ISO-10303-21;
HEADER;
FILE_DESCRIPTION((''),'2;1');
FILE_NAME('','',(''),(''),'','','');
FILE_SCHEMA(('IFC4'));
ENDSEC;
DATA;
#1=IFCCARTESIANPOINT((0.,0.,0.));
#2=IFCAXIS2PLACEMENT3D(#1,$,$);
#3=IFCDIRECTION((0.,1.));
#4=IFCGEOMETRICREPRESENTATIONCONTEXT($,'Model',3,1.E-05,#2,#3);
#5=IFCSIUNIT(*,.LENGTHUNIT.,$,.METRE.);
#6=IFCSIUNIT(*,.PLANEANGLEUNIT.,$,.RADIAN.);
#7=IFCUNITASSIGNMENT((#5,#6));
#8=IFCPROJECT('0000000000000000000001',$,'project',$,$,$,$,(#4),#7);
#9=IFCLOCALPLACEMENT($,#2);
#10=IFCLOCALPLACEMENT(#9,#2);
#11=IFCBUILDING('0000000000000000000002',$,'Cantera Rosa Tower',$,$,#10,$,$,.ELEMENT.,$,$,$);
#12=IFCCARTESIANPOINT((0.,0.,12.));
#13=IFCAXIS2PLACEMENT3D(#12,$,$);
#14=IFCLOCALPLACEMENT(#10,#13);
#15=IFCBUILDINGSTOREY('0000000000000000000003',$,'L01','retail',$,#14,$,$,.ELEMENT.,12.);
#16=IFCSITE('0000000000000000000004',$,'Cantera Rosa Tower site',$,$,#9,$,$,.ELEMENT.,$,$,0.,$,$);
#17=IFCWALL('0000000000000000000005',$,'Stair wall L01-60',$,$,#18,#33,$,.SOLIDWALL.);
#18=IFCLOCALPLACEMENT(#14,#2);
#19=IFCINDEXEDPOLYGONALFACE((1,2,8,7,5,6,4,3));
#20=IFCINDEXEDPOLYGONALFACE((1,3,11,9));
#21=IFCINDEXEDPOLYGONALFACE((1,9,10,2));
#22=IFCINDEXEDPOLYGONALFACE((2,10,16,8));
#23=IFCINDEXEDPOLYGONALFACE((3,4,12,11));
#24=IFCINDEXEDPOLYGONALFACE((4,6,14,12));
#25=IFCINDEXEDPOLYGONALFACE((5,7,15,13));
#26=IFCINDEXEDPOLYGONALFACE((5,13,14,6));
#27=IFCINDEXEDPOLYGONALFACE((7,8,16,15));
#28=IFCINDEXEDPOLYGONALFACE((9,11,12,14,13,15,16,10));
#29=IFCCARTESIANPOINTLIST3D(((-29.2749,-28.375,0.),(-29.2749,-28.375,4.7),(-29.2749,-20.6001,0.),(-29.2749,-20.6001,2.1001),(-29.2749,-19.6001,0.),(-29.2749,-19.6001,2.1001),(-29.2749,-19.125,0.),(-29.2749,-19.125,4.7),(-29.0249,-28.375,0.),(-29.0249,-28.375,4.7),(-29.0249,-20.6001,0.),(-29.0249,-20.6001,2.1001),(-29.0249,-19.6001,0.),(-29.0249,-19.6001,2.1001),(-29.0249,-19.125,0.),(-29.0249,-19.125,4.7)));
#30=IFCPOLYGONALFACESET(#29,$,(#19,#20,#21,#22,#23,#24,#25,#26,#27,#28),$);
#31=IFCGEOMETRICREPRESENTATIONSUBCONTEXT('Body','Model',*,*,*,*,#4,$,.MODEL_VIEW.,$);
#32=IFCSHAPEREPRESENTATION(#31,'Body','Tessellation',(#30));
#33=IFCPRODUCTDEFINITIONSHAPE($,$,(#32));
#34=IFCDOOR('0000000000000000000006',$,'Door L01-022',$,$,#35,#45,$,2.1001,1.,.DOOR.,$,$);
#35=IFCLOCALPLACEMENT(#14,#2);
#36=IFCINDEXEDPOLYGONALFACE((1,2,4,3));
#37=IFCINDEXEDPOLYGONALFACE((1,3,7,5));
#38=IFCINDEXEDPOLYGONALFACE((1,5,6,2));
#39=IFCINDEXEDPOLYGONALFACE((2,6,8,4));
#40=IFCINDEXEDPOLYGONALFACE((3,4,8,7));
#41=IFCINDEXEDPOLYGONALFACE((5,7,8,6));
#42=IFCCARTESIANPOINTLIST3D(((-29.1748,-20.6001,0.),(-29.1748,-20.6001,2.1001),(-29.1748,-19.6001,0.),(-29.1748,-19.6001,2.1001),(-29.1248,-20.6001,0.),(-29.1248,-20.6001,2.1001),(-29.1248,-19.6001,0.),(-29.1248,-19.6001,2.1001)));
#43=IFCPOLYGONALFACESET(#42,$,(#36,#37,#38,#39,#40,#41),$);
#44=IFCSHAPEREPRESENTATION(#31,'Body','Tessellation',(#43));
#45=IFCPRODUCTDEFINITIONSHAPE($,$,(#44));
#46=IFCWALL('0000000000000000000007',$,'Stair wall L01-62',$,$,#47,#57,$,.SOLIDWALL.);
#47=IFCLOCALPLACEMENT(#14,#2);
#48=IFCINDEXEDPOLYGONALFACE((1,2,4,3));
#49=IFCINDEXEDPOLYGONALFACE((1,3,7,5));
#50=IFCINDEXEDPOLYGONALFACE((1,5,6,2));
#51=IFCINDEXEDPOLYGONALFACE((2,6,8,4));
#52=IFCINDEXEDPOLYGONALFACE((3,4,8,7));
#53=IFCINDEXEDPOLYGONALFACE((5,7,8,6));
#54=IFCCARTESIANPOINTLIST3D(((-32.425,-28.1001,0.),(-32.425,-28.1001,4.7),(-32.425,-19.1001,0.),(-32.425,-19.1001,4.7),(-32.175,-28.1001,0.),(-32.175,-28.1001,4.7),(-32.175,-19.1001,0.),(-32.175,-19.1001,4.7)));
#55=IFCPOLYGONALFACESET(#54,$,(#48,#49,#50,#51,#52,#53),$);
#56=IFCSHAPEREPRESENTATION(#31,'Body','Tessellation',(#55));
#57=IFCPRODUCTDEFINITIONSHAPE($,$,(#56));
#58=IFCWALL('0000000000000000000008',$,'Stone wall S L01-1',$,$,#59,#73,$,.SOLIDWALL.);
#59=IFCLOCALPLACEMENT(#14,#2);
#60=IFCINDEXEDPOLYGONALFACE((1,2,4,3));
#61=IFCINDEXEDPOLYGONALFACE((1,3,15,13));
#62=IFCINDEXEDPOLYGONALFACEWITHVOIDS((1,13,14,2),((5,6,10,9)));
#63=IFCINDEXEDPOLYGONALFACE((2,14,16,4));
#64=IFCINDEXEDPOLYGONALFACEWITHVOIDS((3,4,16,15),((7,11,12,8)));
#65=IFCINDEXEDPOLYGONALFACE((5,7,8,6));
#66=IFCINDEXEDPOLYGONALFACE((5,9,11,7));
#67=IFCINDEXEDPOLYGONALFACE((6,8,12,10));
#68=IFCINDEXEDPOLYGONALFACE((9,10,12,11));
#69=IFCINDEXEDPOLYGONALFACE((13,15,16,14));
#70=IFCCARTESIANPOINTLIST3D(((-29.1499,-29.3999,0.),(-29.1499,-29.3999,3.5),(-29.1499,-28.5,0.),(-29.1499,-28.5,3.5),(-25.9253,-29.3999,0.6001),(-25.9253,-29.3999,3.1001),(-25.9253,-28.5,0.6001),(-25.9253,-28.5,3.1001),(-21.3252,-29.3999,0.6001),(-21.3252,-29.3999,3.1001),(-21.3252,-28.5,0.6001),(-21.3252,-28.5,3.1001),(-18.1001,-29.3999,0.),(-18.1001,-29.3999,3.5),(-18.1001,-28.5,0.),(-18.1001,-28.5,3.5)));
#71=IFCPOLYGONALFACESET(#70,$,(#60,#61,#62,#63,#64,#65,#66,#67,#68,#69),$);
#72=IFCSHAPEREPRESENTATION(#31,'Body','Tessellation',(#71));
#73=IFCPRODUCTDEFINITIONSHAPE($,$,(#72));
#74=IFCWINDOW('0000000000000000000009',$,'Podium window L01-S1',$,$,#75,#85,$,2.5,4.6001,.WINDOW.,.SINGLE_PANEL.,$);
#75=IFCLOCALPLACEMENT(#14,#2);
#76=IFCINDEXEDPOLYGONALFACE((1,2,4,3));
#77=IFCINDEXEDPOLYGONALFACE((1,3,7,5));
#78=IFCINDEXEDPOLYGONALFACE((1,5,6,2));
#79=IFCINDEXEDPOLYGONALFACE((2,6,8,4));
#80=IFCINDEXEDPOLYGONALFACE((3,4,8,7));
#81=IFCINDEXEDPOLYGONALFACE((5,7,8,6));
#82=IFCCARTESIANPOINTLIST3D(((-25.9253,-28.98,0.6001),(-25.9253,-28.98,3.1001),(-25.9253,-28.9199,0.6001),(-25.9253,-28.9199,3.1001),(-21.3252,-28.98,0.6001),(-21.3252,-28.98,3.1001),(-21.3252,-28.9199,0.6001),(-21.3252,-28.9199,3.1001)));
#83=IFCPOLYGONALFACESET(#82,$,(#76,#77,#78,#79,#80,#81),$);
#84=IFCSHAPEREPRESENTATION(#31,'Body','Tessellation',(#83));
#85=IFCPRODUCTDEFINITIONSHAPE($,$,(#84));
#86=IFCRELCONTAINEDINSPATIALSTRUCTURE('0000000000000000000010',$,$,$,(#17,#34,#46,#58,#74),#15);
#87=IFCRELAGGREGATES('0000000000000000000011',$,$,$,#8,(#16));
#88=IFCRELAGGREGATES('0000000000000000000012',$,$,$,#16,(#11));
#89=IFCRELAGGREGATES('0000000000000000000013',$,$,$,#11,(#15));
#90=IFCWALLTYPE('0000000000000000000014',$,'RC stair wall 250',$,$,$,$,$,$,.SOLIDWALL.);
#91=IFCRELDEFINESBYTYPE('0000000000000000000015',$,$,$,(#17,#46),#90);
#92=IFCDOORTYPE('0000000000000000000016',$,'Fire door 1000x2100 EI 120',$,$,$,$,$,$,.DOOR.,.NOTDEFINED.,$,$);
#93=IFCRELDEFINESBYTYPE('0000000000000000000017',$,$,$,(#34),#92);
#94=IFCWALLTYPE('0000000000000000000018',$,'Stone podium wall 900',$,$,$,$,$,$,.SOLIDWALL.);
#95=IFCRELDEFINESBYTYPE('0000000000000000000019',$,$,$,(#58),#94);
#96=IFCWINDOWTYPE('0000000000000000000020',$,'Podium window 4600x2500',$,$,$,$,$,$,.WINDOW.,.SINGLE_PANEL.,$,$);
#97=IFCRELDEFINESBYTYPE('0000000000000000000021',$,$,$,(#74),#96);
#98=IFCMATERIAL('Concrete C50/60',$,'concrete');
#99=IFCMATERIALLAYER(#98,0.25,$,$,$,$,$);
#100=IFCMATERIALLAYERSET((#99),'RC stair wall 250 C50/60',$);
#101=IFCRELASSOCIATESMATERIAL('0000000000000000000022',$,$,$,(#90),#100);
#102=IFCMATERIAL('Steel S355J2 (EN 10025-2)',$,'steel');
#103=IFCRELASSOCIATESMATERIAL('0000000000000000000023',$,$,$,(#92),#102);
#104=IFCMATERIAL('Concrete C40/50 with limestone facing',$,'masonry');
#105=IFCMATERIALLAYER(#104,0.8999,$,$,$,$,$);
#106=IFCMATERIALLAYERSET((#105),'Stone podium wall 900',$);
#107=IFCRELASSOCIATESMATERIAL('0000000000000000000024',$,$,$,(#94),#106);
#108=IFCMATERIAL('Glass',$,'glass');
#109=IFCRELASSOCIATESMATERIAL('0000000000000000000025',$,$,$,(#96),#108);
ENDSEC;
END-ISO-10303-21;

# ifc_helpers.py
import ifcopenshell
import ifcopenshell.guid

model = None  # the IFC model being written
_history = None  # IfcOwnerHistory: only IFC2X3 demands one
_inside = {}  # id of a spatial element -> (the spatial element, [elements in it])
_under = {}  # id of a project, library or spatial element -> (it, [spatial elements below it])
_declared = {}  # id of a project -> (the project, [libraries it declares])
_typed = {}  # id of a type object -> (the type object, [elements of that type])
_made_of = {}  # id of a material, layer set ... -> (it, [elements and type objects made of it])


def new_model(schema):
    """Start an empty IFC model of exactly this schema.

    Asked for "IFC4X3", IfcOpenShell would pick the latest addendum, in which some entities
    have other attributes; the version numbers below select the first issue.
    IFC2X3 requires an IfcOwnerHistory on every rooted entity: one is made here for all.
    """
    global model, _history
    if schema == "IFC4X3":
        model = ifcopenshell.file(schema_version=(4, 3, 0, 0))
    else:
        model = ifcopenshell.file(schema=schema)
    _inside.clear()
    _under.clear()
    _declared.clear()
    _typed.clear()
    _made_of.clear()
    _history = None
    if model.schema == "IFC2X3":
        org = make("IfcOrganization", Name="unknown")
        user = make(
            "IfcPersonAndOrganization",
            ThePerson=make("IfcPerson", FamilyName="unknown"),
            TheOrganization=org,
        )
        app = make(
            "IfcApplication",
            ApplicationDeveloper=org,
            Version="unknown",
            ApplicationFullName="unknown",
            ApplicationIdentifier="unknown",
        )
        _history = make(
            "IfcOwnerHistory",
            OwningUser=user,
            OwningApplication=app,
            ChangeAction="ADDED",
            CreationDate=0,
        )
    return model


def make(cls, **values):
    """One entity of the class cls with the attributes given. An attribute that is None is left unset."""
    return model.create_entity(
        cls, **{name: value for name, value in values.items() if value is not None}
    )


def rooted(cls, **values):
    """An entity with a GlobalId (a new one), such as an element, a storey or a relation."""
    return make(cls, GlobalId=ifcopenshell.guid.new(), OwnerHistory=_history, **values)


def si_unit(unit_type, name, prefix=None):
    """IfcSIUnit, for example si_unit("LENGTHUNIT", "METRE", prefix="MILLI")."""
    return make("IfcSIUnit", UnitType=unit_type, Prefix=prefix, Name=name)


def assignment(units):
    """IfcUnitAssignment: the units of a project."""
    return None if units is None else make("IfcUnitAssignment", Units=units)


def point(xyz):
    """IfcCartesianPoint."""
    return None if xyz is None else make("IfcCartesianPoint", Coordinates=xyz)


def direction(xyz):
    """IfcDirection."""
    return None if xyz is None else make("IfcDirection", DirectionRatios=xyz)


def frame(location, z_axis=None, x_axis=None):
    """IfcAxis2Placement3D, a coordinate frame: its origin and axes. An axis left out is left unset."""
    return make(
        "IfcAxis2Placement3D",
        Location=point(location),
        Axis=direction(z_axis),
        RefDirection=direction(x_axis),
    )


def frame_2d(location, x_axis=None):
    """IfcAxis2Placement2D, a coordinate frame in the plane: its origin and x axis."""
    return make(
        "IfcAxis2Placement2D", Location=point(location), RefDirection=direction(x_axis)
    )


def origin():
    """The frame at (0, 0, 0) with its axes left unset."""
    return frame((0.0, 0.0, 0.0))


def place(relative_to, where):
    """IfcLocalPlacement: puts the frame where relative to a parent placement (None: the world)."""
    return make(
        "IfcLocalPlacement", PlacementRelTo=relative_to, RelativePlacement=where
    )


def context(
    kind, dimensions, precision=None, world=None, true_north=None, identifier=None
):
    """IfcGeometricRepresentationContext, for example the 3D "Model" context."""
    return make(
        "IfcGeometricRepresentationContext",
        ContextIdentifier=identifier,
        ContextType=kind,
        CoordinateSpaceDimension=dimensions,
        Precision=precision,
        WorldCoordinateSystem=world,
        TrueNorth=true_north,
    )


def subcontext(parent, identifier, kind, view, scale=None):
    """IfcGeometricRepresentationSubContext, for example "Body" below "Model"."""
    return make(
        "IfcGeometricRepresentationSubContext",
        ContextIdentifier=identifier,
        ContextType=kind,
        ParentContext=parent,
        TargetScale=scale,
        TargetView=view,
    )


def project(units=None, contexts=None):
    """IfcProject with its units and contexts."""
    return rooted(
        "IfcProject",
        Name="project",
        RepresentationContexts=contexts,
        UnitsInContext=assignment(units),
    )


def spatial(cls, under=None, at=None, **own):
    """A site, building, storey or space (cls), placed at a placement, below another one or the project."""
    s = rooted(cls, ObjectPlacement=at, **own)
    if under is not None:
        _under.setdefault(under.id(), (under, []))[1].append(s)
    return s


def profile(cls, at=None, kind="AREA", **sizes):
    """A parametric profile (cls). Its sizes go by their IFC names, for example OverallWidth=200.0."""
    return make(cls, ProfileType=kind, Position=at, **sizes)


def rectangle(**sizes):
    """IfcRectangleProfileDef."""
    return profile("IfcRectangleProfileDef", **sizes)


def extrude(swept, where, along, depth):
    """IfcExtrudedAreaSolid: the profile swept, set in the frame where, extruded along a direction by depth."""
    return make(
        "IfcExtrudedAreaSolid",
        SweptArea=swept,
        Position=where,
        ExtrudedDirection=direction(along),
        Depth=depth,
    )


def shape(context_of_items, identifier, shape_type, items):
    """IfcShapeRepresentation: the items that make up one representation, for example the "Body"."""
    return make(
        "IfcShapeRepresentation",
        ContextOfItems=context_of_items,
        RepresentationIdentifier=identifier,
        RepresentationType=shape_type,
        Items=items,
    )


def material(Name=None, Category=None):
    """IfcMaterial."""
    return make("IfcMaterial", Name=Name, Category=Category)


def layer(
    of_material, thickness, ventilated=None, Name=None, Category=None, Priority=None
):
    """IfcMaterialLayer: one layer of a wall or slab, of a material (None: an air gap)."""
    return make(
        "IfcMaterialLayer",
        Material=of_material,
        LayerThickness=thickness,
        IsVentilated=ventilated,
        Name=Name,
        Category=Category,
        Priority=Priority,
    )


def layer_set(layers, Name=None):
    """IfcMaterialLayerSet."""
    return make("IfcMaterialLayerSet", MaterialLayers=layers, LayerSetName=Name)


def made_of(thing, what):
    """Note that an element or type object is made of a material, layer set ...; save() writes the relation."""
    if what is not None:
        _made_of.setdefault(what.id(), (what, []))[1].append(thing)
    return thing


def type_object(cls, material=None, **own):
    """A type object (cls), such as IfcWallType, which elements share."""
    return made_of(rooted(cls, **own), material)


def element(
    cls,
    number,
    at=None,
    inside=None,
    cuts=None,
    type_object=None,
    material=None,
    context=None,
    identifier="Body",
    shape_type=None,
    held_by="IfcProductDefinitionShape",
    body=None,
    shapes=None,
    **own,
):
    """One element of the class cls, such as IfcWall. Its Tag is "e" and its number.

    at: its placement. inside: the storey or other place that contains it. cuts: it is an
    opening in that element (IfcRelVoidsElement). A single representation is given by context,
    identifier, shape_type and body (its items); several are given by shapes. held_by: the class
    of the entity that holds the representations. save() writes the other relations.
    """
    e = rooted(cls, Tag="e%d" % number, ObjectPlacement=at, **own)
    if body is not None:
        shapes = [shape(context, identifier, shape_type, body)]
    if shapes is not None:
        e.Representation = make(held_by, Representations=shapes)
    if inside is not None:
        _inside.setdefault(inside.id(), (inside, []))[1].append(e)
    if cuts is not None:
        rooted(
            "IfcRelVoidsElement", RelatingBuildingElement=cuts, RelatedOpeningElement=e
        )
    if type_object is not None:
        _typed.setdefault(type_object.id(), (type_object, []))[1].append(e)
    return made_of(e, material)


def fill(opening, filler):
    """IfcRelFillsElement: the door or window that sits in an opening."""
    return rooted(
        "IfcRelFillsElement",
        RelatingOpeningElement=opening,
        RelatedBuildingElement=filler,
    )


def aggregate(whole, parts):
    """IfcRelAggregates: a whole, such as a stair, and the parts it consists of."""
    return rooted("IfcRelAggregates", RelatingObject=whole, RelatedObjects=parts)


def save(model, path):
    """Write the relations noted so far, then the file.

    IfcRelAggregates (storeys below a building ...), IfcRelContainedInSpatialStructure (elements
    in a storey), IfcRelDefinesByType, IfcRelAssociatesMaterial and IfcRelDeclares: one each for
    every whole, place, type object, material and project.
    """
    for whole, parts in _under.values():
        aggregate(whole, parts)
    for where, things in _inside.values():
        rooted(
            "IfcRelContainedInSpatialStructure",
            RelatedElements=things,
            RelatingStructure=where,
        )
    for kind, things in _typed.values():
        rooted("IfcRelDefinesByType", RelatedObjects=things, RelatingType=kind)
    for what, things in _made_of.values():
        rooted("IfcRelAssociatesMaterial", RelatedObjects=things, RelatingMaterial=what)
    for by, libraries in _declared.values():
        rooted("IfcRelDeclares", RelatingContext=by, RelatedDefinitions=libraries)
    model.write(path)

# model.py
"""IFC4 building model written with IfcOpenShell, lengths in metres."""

from ifc_helpers import new_model, si_unit, direction, frame, frame_2d, origin, place, context, subcontext, project, spatial, rectangle, extrude, material, layer, layer_set, type_object, element, fill, save


model = new_model("IFC4")

# Units and contexts
model_context = context("Model", 3, precision=1e-05, world=origin(), true_north=direction((0.0, 1.0)))
body_context = subcontext(model_context, "Body", "Model", "MODEL_VIEW")
ifc_project = project(units=[si_unit("LENGTHUNIT", "METRE"), si_unit("PLANEANGLEUNIT", "RADIAN")], contexts=[model_context])

# Site, building, storey
site_placement = place(None, origin())
site = spatial("IfcSite", under=ifc_project, at=site_placement, Name="Cantera Rosa Tower site", CompositionType="ELEMENT", RefElevation=0.0)
building_placement = place(site_placement, origin())
building = spatial("IfcBuilding", under=site, at=building_placement, Name="Cantera Rosa Tower", CompositionType="ELEMENT")
storey_placement = place(building_placement, frame((0.0, 0.0, 12.0)))
storey = spatial("IfcBuildingStorey", under=building, at=storey_placement, Name="L01", Description="retail", CompositionType="ELEMENT", Elevation=12.0)

# Wall, opening, door
ifc_material_1 = material(Name="Concrete C50/60", Category="concrete")
ifc_layer_1 = layer(ifc_material_1, 0.25)
ifc_layer_set_1 = layer_set([ifc_layer_1], Name="RC stair wall 250 C50/60")
wall_type_1 = type_object("IfcWallType", Name="RC stair wall 250", PredefinedType="SOLIDWALL", material=ifc_layer_set_1)
wall_1_placement = place(storey_placement, frame((-29.1499, -28.375, 0.0), z_axis=(0.0, 0.0, 1.0), x_axis=(0.0, 1.0, 0.0)))
wall_1 = element("IfcWall", 1, at=wall_1_placement, inside=storey, type_object=wall_type_1, Name="Stair wall L01-60", PredefinedType="SOLIDWALL", context=body_context, shape_type="SweptSolid", body=[
    extrude(rectangle(XDim=9.25, YDim=0.25, at=frame_2d((4.625, 0.0))), origin(), (0.0, 0.0, 1.0), 4.7),
])
opening_1_placement = place(wall_1_placement, frame((7.7749, 0.0, 0.0)))
opening_1 = element("IfcOpeningElement", 2, at=opening_1_placement, cuts=wall_1, PredefinedType="OPENING", context=body_context, shape_type="SweptSolid", body=[
    extrude(rectangle(XDim=1.0, YDim=2.1001, at=frame_2d((0.5, 1.05))), frame((0.0, 0.135, 0.0), z_axis=(0.0, -1.0, 0.0), x_axis=(1.0, 0.0, 0.0)), (0.0, 0.0, 1.0), 0.27),
])
ifc_material_2 = material(Name="Steel S355J2 (EN 10025-2)", Category="steel")
door_type_1 = type_object("IfcDoorType", Name="Fire door 1000x2100 EI 120", OperationType="NOTDEFINED", PredefinedType="DOOR", material=ifc_material_2)
door_1_placement = place(opening_1_placement, origin())
door_1 = element("IfcDoor", 3, at=door_1_placement, inside=storey, type_object=door_type_1, Name="Door L01-022", OverallHeight=2.1001, OverallWidth=1.0, PredefinedType="DOOR", context=body_context, shape_type="SweptSolid", body=[
    extrude(rectangle(XDim=1.0, YDim=2.1001, at=frame_2d((0.5, 1.05))), frame((0.0, 0.0249, 0.0), z_axis=(0.0, -1.0, 0.0), x_axis=(1.0, 0.0, 0.0)), (0.0, 0.0, 1.0), 0.05),
])
fill(opening_1, door_1)

# Wall
wall_2_placement = place(storey_placement, frame((-32.3, -28.1001, 0.0), z_axis=(0.0, 0.0, 1.0), x_axis=(0.0, 1.0, 0.0)))
element("IfcWall", 4, at=wall_2_placement, inside=storey, type_object=wall_type_1, Name="Stair wall L01-62", PredefinedType="SOLIDWALL", context=body_context, shape_type="SweptSolid", body=[
    extrude(rectangle(XDim=9.0, YDim=0.25, at=frame_2d((4.5, 0.0))), origin(), (0.0, 0.0, 1.0), 4.7),
])

# Wall, opening, window
ifc_material_3 = material(Name="Concrete C40/50 with limestone facing", Category="masonry")
ifc_layer_2 = layer(ifc_material_3, 0.8999)
ifc_layer_set_2 = layer_set([ifc_layer_2], Name="Stone podium wall 900")
wall_type_2 = type_object("IfcWallType", Name="Stone podium wall 900", PredefinedType="SOLIDWALL", material=ifc_layer_set_2)
wall_3_placement = place(storey_placement, frame((-18.1001, -28.95, 0.0), z_axis=(0.0, 0.0, 1.0), x_axis=(-1.0, 0.0, 0.0)))
wall_3 = element("IfcWall", 5, at=wall_3_placement, inside=storey, type_object=wall_type_2, Name="Stone wall S L01-1", PredefinedType="SOLIDWALL", context=body_context, shape_type="SweptSolid", body=[
    extrude(rectangle(XDim=11.0498, YDim=0.8999, at=frame_2d((5.5249, 0.0))), origin(), (0.0, 0.0, 1.0), 3.5),
])
opening_2_placement = place(wall_3_placement, frame((3.2251, 0.0, 0.6001)))
opening_2 = element("IfcOpeningElement", 6, at=opening_2_placement, cuts=wall_3, PredefinedType="OPENING", context=body_context, shape_type="SweptSolid", body=[
    extrude(rectangle(XDim=4.6001, YDim=2.5, at=frame_2d((2.3, 1.25))), frame((0.0, 0.46, 0.0), z_axis=(0.0, -1.0, 0.0), x_axis=(1.0, 0.0, 0.0)), (0.0, 0.0, 1.0), 0.9199),
])
ifc_material_4 = material(Name="Glass", Category="glass")
window_type = type_object("IfcWindowType", Name="Podium window 4600x2500", PartitioningType="SINGLE_PANEL", PredefinedType="WINDOW", material=ifc_material_4)
window_placement = place(opening_2_placement, origin())
window = element("IfcWindow", 7, at=window_placement, inside=storey, type_object=window_type, Name="Podium window L01-S1", OverallHeight=2.5, OverallWidth=4.6001, PartitioningType="SINGLE_PANEL", PredefinedType="WINDOW", context=body_context, shape_type="SweptSolid", body=[
    extrude(rectangle(XDim=4.6001, YDim=2.5, at=frame_2d((2.3, 1.25))), frame((0.0, 0.03, 0.0), z_axis=(0.0, -1.0, 0.0), x_axis=(1.0, 0.0, 0.0)), (0.0, 0.0, 1.0), 0.0601),
])
fill(opening_2, window)

save(model, "model.ifc")
